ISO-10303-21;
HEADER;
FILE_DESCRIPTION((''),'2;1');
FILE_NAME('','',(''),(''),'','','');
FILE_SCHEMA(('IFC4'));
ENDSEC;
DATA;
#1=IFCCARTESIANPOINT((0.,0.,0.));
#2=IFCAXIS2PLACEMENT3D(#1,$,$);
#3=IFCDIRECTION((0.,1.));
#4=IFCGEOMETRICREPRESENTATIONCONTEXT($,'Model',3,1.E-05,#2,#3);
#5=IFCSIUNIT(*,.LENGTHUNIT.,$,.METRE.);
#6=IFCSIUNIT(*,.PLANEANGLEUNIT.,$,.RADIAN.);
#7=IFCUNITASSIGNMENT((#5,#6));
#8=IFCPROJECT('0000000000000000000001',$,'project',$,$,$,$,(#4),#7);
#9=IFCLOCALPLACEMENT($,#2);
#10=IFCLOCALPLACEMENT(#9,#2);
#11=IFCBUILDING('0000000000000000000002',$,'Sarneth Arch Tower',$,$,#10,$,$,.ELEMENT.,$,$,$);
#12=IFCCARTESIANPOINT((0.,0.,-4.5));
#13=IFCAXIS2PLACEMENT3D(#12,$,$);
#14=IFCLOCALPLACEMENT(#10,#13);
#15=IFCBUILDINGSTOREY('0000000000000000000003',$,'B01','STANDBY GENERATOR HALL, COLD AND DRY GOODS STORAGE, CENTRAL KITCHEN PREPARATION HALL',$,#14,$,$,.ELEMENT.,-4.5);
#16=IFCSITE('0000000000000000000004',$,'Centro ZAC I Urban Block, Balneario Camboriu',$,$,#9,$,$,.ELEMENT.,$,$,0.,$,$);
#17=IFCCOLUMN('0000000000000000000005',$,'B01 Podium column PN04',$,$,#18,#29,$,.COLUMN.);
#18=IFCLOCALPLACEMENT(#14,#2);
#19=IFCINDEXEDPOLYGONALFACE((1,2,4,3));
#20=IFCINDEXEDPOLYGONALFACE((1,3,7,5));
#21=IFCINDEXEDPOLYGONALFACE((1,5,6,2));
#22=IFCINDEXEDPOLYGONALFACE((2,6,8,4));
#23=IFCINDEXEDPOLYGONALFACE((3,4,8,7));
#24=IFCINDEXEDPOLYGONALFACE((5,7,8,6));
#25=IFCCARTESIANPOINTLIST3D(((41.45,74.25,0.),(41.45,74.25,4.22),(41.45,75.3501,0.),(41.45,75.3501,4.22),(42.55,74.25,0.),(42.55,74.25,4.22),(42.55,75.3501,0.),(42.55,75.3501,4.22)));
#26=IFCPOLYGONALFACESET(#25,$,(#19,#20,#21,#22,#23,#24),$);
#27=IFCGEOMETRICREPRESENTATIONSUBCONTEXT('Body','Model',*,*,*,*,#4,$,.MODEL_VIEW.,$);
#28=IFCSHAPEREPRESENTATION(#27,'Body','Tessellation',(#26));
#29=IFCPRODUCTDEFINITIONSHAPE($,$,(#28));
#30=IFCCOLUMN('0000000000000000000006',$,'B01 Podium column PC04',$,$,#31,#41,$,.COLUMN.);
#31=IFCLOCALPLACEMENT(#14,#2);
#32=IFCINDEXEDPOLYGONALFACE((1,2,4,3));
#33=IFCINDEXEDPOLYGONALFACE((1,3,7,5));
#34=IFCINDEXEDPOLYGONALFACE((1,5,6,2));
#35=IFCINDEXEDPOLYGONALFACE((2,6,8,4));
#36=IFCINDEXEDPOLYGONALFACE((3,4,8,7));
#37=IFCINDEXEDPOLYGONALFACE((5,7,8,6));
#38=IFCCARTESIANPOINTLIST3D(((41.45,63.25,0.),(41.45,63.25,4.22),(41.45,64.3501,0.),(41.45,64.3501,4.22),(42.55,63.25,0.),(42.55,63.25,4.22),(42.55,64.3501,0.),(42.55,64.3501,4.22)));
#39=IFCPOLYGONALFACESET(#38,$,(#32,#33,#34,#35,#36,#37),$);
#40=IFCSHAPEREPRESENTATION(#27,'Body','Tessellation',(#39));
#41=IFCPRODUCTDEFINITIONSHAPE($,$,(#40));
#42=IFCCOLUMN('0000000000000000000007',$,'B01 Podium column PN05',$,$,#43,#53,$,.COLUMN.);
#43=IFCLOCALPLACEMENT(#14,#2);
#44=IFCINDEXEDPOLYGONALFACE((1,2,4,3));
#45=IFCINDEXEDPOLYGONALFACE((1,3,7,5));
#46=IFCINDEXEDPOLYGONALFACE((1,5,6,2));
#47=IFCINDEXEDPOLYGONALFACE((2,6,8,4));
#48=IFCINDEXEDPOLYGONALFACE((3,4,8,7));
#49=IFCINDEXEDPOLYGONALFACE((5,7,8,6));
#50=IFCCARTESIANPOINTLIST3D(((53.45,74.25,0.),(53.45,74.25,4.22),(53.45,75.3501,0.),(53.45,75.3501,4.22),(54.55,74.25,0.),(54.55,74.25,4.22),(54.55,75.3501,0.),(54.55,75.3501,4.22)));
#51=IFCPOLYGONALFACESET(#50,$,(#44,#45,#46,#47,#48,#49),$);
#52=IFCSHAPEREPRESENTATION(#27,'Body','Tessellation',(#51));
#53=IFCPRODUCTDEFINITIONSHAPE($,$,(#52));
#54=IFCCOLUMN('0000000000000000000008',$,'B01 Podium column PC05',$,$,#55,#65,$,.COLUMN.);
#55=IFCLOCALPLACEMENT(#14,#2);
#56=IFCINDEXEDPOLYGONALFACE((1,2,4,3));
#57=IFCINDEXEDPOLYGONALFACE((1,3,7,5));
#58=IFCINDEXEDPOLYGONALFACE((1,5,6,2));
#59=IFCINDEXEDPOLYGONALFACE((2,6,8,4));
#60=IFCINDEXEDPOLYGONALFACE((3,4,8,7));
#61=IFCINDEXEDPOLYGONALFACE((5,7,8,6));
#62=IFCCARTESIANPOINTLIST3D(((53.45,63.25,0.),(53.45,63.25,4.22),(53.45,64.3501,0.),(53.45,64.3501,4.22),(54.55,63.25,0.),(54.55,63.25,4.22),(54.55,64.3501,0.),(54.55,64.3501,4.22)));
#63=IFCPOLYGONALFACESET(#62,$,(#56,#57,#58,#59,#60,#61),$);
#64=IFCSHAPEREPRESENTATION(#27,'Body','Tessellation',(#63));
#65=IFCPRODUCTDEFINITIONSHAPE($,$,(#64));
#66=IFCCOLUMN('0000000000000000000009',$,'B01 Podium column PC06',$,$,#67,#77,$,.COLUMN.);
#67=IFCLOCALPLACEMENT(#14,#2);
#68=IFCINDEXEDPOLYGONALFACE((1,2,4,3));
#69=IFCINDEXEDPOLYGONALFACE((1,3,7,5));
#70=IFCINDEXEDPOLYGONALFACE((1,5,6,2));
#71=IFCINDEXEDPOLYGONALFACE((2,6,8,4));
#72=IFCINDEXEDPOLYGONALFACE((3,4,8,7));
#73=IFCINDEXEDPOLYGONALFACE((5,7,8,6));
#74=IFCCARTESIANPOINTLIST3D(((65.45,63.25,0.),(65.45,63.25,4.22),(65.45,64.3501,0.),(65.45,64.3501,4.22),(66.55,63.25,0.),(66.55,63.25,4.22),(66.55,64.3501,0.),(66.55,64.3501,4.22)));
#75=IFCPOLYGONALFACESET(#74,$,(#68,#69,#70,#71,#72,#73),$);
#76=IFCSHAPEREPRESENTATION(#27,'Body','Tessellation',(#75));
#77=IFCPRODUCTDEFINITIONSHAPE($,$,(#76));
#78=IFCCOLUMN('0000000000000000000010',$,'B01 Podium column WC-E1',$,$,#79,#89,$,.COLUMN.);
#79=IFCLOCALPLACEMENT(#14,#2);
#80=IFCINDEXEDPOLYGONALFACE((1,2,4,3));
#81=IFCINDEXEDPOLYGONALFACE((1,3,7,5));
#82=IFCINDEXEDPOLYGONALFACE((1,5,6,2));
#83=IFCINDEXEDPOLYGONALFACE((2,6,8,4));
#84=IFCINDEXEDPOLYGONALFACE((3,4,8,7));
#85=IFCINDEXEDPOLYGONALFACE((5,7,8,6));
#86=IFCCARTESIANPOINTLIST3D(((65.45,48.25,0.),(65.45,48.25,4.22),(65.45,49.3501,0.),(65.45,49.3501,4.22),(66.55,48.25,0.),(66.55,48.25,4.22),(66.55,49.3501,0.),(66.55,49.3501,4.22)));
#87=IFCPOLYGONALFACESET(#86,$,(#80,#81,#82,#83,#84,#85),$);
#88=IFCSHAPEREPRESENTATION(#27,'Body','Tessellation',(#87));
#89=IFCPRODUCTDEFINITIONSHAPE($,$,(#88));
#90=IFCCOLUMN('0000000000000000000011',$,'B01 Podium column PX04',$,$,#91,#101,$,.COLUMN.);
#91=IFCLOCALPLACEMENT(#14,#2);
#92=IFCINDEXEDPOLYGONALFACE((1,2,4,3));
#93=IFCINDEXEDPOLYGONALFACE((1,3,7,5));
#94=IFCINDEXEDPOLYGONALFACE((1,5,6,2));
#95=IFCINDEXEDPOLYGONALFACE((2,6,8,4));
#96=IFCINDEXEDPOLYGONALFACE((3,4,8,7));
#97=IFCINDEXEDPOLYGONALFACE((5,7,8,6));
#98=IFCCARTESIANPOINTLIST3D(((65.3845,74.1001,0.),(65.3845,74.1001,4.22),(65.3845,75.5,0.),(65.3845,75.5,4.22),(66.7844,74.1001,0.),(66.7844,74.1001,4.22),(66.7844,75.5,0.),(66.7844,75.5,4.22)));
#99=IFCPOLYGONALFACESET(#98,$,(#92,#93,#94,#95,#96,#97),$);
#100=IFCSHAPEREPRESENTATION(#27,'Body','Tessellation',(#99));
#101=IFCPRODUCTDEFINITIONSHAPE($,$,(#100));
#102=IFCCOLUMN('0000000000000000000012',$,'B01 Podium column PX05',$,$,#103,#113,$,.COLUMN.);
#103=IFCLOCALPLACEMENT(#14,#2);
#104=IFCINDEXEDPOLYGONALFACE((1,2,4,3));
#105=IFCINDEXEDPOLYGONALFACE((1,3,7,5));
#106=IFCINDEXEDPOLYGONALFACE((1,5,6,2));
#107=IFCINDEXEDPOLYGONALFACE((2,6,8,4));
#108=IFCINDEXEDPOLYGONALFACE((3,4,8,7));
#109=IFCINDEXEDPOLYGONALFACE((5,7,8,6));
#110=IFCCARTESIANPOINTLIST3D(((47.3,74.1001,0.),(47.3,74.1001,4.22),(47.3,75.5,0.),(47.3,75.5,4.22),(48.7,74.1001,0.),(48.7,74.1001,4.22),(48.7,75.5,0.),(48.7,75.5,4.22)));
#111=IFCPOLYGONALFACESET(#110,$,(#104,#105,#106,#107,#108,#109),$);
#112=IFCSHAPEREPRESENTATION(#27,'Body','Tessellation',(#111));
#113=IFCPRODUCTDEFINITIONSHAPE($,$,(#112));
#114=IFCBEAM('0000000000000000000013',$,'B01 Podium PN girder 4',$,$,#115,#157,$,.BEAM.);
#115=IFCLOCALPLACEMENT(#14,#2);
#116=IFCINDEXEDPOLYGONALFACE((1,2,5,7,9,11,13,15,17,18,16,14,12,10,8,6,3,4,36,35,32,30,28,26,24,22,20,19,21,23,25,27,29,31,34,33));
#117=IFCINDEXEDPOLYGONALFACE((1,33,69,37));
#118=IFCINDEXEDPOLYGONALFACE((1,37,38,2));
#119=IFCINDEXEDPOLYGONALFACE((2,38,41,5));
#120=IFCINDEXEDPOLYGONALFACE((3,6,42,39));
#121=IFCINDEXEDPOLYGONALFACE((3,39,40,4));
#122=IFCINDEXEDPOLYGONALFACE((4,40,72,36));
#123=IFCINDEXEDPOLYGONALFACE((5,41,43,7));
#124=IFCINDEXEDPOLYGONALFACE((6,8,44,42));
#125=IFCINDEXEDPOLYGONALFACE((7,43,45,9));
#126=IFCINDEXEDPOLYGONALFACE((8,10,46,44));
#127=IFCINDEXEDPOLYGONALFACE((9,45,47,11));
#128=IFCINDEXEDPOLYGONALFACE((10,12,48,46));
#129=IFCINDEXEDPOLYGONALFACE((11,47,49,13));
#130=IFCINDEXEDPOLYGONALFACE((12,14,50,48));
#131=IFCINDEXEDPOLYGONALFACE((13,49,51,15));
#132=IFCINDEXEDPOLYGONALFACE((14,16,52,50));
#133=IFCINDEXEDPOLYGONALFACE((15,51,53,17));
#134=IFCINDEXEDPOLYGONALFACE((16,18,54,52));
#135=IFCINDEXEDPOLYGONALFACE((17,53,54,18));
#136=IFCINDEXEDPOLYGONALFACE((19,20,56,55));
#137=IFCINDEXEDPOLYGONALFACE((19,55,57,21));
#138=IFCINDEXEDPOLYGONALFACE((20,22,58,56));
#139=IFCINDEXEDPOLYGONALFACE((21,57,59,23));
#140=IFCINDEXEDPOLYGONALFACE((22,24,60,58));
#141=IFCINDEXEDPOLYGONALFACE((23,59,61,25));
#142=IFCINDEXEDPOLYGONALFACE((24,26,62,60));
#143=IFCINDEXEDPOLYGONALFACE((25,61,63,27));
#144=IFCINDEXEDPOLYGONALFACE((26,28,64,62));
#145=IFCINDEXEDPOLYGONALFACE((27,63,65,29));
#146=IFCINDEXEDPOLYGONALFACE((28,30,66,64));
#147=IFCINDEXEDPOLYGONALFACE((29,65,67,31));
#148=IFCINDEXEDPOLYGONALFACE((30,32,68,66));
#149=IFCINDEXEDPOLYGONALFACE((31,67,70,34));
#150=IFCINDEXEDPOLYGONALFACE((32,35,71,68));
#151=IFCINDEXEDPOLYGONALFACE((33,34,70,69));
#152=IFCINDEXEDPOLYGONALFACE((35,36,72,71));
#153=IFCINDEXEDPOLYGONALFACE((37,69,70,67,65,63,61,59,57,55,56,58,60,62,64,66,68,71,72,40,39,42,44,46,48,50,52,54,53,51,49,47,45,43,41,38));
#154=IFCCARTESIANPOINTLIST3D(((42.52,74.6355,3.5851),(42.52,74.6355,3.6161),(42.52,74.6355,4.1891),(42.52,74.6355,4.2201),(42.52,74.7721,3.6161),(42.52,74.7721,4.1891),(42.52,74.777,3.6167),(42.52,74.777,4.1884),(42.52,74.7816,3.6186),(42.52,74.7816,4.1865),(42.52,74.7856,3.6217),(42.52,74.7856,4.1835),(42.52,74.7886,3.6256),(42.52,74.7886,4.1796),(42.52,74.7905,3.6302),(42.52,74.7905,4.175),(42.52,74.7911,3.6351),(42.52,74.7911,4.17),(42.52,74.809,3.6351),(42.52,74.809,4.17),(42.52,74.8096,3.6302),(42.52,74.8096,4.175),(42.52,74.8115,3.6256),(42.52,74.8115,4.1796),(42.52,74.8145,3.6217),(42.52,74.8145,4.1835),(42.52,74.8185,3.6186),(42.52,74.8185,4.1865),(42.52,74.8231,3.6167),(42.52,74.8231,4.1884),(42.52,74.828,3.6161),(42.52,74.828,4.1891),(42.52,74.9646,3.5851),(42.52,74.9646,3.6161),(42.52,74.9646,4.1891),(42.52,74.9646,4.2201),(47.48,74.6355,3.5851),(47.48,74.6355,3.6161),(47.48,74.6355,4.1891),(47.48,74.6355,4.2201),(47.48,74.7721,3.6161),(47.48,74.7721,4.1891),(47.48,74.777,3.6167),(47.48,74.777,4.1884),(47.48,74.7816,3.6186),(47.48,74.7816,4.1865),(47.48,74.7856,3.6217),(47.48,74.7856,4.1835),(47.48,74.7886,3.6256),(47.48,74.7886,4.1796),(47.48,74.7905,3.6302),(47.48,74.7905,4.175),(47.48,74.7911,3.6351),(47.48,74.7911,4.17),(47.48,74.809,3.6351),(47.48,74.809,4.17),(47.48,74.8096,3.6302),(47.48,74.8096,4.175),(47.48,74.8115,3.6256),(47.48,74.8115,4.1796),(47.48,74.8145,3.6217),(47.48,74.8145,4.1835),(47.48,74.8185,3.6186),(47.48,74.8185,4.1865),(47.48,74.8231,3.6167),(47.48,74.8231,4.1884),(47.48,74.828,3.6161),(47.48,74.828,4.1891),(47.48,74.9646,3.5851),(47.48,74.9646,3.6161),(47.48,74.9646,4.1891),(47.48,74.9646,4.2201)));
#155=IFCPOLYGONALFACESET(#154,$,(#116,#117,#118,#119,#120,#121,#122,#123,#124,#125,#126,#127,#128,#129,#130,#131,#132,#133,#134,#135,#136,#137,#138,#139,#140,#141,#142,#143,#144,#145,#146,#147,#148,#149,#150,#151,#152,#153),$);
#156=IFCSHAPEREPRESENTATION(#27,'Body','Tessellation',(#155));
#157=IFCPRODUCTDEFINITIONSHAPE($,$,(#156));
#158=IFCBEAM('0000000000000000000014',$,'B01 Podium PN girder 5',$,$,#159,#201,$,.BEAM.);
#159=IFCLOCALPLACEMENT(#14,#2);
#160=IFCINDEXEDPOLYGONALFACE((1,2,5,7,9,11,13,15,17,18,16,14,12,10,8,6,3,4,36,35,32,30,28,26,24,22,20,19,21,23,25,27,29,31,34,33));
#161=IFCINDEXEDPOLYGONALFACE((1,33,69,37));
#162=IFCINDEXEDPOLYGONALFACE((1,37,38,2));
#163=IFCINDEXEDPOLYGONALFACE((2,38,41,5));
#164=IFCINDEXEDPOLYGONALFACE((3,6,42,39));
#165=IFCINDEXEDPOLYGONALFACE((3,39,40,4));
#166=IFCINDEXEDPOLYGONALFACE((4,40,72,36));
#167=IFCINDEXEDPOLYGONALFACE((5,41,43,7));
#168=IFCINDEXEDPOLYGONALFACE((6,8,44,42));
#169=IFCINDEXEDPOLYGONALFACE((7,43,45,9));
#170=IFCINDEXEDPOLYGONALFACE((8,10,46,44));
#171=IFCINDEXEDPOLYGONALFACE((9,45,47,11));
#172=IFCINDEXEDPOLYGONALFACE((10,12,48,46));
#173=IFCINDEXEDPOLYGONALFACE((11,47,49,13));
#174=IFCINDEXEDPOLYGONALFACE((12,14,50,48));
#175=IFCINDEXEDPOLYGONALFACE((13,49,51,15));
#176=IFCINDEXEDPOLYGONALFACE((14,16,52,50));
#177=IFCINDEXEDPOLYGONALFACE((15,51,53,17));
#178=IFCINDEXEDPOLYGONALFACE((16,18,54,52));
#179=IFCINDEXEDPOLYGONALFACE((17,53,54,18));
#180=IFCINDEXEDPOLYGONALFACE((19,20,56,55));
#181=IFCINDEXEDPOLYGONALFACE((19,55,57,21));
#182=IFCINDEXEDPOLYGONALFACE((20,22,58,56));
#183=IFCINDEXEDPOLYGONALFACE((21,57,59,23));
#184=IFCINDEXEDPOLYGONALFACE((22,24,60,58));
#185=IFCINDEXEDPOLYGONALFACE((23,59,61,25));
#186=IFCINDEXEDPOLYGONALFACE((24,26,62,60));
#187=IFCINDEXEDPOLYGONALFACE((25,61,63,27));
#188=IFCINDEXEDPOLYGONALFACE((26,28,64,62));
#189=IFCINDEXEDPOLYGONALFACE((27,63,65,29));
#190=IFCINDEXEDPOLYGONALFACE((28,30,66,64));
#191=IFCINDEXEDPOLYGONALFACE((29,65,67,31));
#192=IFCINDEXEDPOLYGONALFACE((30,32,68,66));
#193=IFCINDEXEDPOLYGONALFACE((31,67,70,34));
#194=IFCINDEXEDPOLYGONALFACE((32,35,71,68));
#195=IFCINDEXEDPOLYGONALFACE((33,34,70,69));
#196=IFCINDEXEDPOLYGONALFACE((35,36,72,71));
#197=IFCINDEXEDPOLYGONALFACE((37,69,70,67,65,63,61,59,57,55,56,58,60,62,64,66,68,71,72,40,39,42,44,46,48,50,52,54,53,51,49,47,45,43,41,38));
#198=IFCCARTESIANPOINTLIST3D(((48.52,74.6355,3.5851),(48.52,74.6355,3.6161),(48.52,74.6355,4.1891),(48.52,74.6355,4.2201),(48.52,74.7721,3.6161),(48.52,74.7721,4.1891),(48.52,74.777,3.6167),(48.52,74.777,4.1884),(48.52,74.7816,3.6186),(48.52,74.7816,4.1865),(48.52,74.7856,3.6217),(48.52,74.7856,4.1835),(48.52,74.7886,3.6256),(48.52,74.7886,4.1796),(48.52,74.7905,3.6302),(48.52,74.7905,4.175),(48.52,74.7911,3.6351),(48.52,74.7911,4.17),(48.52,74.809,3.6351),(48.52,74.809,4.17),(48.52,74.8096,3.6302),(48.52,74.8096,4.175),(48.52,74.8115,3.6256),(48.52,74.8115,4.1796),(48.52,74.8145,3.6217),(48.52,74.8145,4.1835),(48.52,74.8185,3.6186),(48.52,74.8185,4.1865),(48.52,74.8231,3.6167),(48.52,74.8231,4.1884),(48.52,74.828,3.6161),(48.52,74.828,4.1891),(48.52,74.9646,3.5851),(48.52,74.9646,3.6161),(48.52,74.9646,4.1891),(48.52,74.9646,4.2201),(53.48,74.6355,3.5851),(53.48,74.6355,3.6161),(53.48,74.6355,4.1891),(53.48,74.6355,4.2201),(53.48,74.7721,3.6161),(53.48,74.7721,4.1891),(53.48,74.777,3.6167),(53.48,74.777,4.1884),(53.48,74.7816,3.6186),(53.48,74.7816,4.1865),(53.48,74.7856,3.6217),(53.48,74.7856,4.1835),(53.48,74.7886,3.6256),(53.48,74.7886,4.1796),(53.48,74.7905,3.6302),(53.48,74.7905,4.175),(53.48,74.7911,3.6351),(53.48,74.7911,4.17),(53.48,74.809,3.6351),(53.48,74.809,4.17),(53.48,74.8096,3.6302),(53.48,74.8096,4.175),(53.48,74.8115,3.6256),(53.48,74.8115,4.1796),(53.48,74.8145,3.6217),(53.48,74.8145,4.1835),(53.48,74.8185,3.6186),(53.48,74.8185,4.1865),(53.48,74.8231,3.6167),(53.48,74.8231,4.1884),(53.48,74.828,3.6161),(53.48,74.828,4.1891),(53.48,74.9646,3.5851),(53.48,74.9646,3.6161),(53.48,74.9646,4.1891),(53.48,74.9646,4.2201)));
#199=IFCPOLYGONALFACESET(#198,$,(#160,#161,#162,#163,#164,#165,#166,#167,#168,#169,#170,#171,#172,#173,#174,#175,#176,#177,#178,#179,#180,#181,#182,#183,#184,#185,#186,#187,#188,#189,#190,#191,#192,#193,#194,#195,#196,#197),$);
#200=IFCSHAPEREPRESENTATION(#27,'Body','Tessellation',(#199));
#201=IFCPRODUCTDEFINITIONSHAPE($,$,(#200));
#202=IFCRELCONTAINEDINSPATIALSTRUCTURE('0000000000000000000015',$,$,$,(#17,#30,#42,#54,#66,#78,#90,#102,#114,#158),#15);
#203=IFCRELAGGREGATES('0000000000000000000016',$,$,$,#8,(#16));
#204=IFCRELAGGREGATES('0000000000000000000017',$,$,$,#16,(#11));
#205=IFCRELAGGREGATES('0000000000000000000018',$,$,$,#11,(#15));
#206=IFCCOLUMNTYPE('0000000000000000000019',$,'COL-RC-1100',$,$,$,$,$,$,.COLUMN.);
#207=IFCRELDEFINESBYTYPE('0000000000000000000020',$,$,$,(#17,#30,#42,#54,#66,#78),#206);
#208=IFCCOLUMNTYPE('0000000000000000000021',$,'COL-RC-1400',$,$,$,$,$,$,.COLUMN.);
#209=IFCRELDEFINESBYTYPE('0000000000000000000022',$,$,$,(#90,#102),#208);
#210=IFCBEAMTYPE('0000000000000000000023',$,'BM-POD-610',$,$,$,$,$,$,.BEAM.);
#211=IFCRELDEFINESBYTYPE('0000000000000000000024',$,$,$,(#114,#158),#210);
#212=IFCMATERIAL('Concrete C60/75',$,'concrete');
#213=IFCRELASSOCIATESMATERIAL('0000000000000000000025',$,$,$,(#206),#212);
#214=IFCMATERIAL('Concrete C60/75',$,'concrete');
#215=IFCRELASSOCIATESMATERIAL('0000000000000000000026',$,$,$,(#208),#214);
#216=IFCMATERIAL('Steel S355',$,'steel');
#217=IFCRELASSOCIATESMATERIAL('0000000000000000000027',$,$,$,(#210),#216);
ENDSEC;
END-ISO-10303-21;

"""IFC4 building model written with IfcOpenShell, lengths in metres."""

from ifc_helpers import new_model, si_unit, direction, frame, origin, origin_2d, place, context, subcontext, project, spatial, rectangle, i_section, extrude, material, material_profile, profile_set, type_object, element, save


model = new_model("IFC4")

# Units and contexts
model_context = context("Model", 3, precision=1e-05, world=origin(), true_north=direction((0.0, 1.0)))
body_context = subcontext(model_context, "Body", "Model", "MODEL_VIEW")
ifc_project = project(units=[si_unit("LENGTHUNIT", "METRE"), si_unit("PLANEANGLEUNIT", "RADIAN")], contexts=[model_context])

# Site, building, storey
site_placement = place(None, origin())
site = spatial("IfcSite", under=ifc_project, at=site_placement, Name="Centro ZAC I Urban Block, Balneario Camboriu", CompositionType="ELEMENT", RefElevation=0.0)
building_placement = place(site_placement, origin())
building = spatial("IfcBuilding", under=site, at=building_placement, Name="Sarneth Arch Tower", CompositionType="ELEMENT")
storey_placement = place(building_placement, frame((0.0, 0.0, -4.5)))
storey = spatial("IfcBuildingStorey", under=building, at=storey_placement, Name="B01", Description="STANDBY GENERATOR HALL, COLD AND DRY GOODS STORAGE, CENTRAL KITCHEN PREPARATION HALL", CompositionType="ELEMENT", Elevation=-4.5)

# Columns
ifc_material_1 = material(Name="Concrete C60/75", Category="concrete")
ifc_material_profile_1 = material_profile(ifc_material_1, rectangle(XDim=1.1001, YDim=1.1001, at=origin_2d()), Name="RC-1100x1100")
ifc_profile_set_1 = profile_set([ifc_material_profile_1], Name="Concrete C60/75")
column_type_1 = type_object("IfcColumnType", Name="COL-RC-1100", PredefinedType="COLUMN", material=ifc_profile_set_1)
for number, where, z_axis, x_axis, name in (
    (1, (42.0, 74.8, 0.0), (0.0, 0.0, 1.0), (1.0, 0.0, 0.0), "B01 Podium column PN04"),
    (2, (42.0, 63.8, 0.0), (0.0, 0.0, 1.0), (1.0, 0.0, 0.0), "B01 Podium column PC04"),
    (3, (54.0, 74.8, 0.0), (0.0, 0.0, 1.0), (1.0, 0.0, 0.0), "B01 Podium column PN05"),
    (4, (54.0, 63.8, 0.0), (0.0, 0.0, 1.0), (1.0, 0.0, 0.0), "B01 Podium column PC05"),
    (5, (66.0, 63.8, 0.0), (0.0, 0.0, 1.0), (1.0, 0.0, 0.0), "B01 Podium column PC06"),
    (6, (66.0, 48.8, 0.0), (0.0, 0.0, 1.0), (1.0, 0.0, 0.0), "B01 Podium column WC-E1"),
):
    element("IfcColumn", number, at=place(storey_placement, frame(where, z_axis=z_axis, x_axis=x_axis)), inside=storey, type_object=column_type_1, Name=name, PredefinedType="COLUMN", context=body_context, shape_type="SweptSolid", body=[
        extrude(rectangle(XDim=1.1001, YDim=1.1001, at=origin_2d()), origin(), (0.0, 0.0, 1.0), 4.22),
    ])
ifc_material_2 = material(Name="Concrete C60/75", Category="concrete")
ifc_material_profile_2 = material_profile(ifc_material_2, rectangle(XDim=1.3999, YDim=1.3999, at=origin_2d()), Name="RC-1400x1400")
ifc_profile_set_2 = profile_set([ifc_material_profile_2], Name="Concrete C60/75")
column_type_2 = type_object("IfcColumnType", Name="COL-RC-1400", PredefinedType="COLUMN", material=ifc_profile_set_2)
for number, where, z_axis, x_axis, name in (
    (7, (66.0845, 74.8, 0.0), (0.0, 0.0, 1.0), (1.0, 0.0, 0.0), "B01 Podium column PX04"),
    (8, (48.0, 74.8, 0.0), (0.0, 0.0, 1.0), (1.0, 0.0, 0.0), "B01 Podium column PX05"),
):
    element("IfcColumn", number, at=place(storey_placement, frame(where, z_axis=z_axis, x_axis=x_axis)), inside=storey, type_object=column_type_2, Name=name, PredefinedType="COLUMN", context=body_context, shape_type="SweptSolid", body=[
        extrude(rectangle(XDim=1.3999, YDim=1.3999, at=origin_2d()), origin(), (0.0, 0.0, 1.0), 4.22),
    ])

# Beams
ifc_material_3 = material(Name="Steel S355", Category="steel")
ifc_material_profile_3 = material_profile(ifc_material_3, i_section(OverallWidth=0.3291, OverallDepth=0.635, WebThickness=0.0178, FlangeThickness=0.031, FilletRadius=0.019, at=origin_2d()), Name="W610x241")
ifc_profile_set_3 = profile_set([ifc_material_profile_3], Name="Steel S355")
beam_type = type_object("IfcBeamType", Name="BM-POD-610", PredefinedType="BEAM", material=ifc_profile_set_3)
for number, where, z_axis, x_axis, name in (
    (9, (42.52, 74.8, 3.9026), (1.0, 0.0, 0.0), (0.0, 1.0, 0.0), "B01 Podium PN girder 4"),
    (10, (48.52, 74.8, 3.9026), (1.0, 0.0, 0.0), (0.0, 1.0, 0.0), "B01 Podium PN girder 5"),
):
    element("IfcBeam", number, at=place(storey_placement, frame(where, z_axis=z_axis, x_axis=x_axis)), inside=storey, type_object=beam_type, Name=name, PredefinedType="BEAM", context=body_context, shape_type="SweptSolid", body=[
        extrude(i_section(OverallWidth=0.3291, OverallDepth=0.635, WebThickness=0.0178, FlangeThickness=0.031, FilletRadius=0.019, at=origin_2d()), origin(), (0.0, 0.0, 1.0), 4.96),
    ])

save(model, "model.ifc")
